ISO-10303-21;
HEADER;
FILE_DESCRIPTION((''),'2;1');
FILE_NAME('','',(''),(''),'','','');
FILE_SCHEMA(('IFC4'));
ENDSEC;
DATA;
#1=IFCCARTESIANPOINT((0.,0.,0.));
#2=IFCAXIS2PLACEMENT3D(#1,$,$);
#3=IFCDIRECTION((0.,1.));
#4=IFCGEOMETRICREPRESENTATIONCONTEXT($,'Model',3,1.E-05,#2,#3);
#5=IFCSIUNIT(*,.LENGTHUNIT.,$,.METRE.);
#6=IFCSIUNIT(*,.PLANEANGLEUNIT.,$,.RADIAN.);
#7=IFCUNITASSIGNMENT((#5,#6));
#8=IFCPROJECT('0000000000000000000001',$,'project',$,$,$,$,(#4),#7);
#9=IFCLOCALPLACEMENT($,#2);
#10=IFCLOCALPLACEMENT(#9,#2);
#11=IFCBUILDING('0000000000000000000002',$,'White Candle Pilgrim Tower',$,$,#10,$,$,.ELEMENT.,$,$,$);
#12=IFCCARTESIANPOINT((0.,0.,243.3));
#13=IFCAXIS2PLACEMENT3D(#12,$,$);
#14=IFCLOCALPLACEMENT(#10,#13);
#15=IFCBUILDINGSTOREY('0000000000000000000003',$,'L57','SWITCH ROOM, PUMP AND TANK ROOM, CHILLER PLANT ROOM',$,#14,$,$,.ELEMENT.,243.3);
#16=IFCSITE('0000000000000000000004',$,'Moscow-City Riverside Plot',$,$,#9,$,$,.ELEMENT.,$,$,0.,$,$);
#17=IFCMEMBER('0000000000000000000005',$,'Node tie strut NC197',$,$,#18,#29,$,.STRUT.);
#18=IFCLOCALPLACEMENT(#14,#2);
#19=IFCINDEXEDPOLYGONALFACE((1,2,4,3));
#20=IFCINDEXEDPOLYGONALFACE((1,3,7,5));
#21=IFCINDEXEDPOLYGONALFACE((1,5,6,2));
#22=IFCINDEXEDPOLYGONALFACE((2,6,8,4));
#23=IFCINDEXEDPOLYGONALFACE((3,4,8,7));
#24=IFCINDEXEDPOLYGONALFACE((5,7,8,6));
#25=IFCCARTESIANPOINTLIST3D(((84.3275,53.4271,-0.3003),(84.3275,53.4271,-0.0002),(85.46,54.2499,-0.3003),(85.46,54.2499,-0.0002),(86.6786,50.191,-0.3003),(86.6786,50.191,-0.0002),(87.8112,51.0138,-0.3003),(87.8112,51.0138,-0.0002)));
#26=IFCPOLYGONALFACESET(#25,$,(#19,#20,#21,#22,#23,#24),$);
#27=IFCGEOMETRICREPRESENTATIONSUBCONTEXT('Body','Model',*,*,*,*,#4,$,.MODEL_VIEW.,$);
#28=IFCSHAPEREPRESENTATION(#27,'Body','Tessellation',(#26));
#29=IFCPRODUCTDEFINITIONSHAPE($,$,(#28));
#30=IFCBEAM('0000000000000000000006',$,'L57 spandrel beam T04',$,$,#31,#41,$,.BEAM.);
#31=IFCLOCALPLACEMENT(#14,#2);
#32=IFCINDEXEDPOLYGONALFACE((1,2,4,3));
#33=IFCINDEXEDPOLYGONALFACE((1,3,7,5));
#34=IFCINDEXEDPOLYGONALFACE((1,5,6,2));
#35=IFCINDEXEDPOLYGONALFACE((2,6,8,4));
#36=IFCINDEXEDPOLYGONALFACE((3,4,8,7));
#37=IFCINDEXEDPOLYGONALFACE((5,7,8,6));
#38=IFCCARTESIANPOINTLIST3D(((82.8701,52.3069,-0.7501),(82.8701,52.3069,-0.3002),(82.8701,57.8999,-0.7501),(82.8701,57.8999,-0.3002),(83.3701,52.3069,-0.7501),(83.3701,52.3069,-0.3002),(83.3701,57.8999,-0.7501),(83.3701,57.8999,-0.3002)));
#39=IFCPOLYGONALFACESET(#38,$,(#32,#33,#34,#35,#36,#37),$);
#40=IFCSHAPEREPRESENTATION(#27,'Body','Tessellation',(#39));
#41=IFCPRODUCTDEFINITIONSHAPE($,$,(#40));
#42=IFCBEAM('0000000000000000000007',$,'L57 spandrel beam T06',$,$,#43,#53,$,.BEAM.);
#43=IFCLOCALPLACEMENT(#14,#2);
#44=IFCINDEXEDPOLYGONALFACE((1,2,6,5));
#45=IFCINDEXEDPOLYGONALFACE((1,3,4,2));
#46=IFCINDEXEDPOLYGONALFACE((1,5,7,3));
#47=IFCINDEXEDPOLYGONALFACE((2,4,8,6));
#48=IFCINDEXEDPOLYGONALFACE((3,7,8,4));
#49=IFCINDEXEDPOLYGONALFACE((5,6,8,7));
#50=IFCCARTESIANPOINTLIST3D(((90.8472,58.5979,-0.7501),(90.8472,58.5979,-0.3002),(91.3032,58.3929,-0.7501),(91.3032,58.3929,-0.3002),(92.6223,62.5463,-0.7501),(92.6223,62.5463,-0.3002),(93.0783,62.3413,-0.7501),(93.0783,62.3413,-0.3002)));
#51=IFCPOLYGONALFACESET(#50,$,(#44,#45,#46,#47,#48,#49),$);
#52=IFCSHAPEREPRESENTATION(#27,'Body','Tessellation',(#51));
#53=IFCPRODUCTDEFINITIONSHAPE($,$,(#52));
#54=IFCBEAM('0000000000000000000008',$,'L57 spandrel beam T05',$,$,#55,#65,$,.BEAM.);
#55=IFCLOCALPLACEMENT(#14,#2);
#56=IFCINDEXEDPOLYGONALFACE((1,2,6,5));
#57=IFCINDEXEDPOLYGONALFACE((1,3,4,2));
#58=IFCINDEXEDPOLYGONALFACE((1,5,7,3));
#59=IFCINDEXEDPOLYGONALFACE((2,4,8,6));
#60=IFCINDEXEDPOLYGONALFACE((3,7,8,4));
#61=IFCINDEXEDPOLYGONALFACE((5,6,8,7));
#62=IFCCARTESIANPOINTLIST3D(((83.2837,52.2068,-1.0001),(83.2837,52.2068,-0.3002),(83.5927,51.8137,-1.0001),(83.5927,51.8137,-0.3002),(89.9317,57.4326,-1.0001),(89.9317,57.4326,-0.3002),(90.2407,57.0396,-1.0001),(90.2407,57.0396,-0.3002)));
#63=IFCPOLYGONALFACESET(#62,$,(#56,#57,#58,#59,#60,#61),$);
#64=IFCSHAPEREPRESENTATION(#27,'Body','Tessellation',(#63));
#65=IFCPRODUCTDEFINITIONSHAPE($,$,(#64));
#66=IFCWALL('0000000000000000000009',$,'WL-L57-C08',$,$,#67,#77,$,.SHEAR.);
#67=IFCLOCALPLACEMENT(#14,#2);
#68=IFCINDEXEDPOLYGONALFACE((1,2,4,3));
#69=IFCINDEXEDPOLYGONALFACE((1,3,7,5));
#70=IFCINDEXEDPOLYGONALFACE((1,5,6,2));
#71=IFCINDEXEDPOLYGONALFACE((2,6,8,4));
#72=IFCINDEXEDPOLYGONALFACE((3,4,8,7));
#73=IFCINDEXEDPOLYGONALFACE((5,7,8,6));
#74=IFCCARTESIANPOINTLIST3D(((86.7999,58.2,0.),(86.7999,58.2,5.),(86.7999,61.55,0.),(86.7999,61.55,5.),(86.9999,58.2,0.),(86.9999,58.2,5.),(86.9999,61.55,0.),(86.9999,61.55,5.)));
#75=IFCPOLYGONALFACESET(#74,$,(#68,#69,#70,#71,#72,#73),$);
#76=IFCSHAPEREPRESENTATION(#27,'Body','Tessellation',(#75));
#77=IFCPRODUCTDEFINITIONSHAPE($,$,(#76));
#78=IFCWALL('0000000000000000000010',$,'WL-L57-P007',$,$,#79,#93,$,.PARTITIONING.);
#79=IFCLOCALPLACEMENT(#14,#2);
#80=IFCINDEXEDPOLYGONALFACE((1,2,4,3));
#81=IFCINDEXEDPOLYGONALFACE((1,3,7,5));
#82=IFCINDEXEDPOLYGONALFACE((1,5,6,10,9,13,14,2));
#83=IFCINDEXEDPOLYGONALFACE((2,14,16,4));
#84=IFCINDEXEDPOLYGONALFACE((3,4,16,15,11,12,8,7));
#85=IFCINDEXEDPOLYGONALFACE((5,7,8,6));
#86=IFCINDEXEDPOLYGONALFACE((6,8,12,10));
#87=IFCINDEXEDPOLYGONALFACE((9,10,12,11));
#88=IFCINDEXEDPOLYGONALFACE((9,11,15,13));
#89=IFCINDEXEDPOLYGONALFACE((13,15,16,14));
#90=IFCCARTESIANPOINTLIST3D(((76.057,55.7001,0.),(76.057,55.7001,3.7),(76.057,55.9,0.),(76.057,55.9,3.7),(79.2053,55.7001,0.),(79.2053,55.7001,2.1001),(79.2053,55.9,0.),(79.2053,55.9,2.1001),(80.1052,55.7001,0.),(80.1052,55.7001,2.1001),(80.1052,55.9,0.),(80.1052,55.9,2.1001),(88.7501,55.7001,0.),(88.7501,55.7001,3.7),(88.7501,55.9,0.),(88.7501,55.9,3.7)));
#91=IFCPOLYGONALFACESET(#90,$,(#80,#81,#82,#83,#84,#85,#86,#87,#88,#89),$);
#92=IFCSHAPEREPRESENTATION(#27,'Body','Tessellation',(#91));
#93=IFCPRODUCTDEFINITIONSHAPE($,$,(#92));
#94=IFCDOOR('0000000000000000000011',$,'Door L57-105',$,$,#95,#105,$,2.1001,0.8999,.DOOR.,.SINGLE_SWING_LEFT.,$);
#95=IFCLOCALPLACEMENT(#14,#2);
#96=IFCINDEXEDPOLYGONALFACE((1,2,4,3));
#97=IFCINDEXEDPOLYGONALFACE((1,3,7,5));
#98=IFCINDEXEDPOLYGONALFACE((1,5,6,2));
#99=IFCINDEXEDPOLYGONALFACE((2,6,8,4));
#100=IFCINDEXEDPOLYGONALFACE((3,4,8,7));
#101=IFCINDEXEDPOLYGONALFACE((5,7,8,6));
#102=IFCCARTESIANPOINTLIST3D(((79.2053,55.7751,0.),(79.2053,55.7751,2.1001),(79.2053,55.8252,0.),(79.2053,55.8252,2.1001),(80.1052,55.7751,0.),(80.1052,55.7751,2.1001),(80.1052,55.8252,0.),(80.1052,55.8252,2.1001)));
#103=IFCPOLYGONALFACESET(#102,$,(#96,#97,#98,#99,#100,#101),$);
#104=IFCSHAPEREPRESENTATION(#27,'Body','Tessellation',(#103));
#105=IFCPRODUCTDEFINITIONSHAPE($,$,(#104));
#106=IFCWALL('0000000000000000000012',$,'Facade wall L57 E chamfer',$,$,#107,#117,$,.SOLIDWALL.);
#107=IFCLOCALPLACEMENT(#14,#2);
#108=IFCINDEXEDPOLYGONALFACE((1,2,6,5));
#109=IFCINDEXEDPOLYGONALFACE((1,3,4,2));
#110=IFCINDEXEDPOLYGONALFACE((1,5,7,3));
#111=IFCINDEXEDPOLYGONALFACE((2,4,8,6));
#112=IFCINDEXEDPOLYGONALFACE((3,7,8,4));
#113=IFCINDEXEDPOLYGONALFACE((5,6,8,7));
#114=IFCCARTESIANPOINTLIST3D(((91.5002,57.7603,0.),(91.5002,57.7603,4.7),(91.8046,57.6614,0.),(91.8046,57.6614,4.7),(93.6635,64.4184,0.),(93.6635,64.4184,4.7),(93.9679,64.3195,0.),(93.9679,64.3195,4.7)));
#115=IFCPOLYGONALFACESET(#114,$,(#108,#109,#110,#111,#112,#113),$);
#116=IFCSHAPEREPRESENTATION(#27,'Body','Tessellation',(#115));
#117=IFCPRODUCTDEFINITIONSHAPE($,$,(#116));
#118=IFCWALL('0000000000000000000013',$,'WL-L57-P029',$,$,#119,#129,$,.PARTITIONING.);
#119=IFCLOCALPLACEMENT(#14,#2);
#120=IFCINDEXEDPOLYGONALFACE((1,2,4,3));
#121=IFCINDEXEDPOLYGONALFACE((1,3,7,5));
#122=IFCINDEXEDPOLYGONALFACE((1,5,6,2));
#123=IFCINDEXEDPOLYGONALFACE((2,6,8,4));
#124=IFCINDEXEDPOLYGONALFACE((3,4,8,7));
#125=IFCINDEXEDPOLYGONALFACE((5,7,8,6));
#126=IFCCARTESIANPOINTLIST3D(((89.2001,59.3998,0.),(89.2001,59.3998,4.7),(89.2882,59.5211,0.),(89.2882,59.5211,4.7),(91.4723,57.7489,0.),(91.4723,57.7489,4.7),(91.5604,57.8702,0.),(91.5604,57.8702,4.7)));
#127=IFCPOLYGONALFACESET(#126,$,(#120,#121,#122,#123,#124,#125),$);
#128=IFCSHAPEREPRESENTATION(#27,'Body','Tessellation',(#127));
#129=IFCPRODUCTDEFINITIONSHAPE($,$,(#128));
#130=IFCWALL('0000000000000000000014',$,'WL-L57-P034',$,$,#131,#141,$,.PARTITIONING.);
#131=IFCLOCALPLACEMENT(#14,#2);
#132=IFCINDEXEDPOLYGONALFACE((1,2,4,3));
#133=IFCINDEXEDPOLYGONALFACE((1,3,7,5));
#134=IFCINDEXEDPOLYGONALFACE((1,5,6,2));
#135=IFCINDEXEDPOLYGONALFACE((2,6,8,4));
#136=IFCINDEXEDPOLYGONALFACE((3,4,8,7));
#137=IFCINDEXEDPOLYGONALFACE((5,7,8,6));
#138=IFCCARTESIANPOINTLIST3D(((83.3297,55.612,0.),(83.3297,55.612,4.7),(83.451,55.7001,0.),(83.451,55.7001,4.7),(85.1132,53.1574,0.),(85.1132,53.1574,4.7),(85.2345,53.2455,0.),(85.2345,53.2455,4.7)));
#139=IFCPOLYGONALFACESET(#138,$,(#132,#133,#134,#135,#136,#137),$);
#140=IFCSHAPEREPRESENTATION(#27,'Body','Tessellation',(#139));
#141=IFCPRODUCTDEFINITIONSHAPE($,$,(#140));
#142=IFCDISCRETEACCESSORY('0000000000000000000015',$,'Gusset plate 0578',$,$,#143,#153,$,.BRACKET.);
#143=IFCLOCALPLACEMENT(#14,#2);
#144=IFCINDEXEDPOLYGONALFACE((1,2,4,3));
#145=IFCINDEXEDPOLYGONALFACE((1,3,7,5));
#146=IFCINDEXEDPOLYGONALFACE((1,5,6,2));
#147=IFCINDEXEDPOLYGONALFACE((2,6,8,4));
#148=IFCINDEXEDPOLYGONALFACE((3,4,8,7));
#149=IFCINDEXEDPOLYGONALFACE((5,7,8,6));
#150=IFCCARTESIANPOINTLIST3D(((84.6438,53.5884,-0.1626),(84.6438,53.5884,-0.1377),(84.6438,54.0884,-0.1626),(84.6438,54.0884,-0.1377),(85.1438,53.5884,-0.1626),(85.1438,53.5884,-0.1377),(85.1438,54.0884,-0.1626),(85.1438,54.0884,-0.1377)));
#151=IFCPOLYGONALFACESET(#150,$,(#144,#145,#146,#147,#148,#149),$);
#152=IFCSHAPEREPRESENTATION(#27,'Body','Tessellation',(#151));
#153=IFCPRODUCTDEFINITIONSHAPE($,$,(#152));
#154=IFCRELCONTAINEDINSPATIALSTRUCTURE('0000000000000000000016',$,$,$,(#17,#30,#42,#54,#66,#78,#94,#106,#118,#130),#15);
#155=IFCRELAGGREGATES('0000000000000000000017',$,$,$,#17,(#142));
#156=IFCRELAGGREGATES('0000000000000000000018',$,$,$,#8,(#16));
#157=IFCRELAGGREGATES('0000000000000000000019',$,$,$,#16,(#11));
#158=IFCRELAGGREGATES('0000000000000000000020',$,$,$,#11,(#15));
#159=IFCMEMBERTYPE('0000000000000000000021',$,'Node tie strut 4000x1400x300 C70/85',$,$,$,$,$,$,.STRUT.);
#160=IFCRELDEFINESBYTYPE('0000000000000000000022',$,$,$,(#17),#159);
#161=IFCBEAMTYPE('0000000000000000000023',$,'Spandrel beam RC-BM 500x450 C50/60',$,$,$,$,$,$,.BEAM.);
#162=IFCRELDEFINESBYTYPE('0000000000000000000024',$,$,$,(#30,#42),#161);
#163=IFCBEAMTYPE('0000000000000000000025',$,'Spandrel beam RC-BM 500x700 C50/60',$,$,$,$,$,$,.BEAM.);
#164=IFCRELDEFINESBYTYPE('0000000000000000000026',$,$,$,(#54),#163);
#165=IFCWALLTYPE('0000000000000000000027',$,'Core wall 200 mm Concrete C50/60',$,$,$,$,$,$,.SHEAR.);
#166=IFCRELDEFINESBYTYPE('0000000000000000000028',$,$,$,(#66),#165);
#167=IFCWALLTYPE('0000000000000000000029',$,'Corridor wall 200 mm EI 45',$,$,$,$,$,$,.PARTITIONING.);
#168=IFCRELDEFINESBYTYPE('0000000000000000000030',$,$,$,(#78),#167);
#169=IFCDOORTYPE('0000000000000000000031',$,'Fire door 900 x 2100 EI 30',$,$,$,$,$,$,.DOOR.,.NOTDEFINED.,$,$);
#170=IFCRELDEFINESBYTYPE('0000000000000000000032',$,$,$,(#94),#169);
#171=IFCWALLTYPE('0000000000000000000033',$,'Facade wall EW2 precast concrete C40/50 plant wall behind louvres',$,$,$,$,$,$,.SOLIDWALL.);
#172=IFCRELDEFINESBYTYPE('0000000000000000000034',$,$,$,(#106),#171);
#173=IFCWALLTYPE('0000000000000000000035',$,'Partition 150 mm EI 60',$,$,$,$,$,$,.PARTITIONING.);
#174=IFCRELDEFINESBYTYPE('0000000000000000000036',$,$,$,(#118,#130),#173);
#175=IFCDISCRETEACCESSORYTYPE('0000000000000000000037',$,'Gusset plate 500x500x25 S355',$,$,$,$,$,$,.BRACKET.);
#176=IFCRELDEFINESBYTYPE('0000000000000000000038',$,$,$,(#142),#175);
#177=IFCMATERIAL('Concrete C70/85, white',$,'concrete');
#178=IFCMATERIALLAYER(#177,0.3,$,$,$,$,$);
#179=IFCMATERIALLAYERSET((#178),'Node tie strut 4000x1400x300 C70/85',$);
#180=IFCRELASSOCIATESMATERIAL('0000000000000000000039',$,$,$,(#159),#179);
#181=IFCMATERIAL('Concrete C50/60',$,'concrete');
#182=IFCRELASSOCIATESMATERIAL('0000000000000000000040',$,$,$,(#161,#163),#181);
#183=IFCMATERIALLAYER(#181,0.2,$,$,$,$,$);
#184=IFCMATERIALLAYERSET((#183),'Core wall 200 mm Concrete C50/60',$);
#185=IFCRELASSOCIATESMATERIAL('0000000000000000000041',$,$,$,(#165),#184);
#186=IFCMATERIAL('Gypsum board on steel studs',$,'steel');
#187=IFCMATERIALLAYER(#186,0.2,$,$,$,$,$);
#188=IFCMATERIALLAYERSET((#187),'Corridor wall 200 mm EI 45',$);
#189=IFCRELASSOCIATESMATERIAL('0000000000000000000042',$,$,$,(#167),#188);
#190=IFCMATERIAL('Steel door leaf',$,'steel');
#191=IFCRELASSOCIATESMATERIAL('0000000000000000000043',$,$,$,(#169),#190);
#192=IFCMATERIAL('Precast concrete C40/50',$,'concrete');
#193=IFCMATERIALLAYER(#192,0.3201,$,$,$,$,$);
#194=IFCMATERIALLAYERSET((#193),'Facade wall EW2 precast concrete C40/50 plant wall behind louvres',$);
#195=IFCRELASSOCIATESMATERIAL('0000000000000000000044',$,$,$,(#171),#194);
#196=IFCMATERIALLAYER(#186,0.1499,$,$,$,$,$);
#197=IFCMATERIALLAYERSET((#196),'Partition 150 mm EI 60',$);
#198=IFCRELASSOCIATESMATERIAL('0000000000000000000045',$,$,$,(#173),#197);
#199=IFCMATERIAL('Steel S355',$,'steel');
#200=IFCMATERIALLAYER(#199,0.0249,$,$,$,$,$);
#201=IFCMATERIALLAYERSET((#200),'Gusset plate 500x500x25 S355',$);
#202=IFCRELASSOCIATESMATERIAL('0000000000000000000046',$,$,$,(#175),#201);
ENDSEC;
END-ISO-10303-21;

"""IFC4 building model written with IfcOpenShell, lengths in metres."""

from ifc_helpers import new_model, si_unit, direction, frame, frame_2d, origin, origin_2d, place, context, subcontext, project, spatial, rectangle, extrude, material, layer, layer_set, material_profile, profile_set, type_object, element, fill, aggregate, save


model = new_model("IFC4")

# Units and contexts
model_context = context("Model", 3, precision=1e-05, world=origin(), true_north=direction((0.0, 1.0)))
body_context = subcontext(model_context, "Body", "Model", "MODEL_VIEW")
ifc_project = project(units=[si_unit("LENGTHUNIT", "METRE"), si_unit("PLANEANGLEUNIT", "RADIAN")], contexts=[model_context])

# Site, building, storey
site_placement = place(None, origin())
site = spatial("IfcSite", under=ifc_project, at=site_placement, Name="Moscow-City Riverside Plot", CompositionType="ELEMENT", RefElevation=0.0)
building_placement = place(site_placement, origin())
building = spatial("IfcBuilding", under=site, at=building_placement, Name="White Candle Pilgrim Tower", CompositionType="ELEMENT")
storey_placement = place(building_placement, frame((0.0, 0.0, 243.3)))
storey = spatial("IfcBuildingStorey", under=building, at=storey_placement, Name="L57", Description="SWITCH ROOM, PUMP AND TANK ROOM, CHILLER PLANT ROOM", CompositionType="ELEMENT", Elevation=243.3)

# Shared definitions
ifc_material_1 = material(Name="Steel S355", Category="steel")

# Member
ifc_material_2 = material(Name="Concrete C70/85, white", Category="concrete")
ifc_layer_1 = layer(ifc_material_2, 0.3)
ifc_layer_set_1 = layer_set([ifc_layer_1], Name="Node tie strut 4000x1400x300 C70/85")
member_type_1 = type_object("IfcMemberType", Name="Node tie strut 4000x1400x300 C70/85", PredefinedType="STRUT", material=ifc_layer_set_1)
member_1_placement = place(storey_placement, frame((86.0693, 52.2205, -0.3003), z_axis=(0.0, 0.0, 1.0), x_axis=(0.809017, 0.587785, 0.0)))
member_1 = element("IfcMember", 1, at=member_1_placement, inside=storey, type_object=member_type_1, Name="Node tie strut NC197", PredefinedType="STRUT", context=body_context, shape_type="SweptSolid", body=[
    extrude(rectangle(XDim=1.3999, YDim=4.0, at=origin_2d()), origin(), (0.0, 0.0, 1.0), 0.3),
])

# Beams
ifc_material_3 = material(Name="Concrete C50/60", Category="concrete")
ifc_material_profile_1 = material_profile(ifc_material_3, rectangle(XDim=0.5, YDim=0.45, at=origin_2d()), Name="RC-BM 500x450")
ifc_profile_set_1 = profile_set([ifc_material_profile_1], Name="Concrete C50/60")
beam_type_1 = type_object("IfcBeamType", Name="Spandrel beam RC-BM 500x450 C50/60", PredefinedType="BEAM", material=ifc_profile_set_1)
beam_1_placement = place(storey_placement, frame((83.1201, 52.3069, -0.5251), z_axis=(0.0, 1.0, 0.0), x_axis=(-1.0, 0.0, 0.0)))
element("IfcBeam", 2, at=beam_1_placement, inside=storey, type_object=beam_type_1, Name="L57 spandrel beam T04", PredefinedType="BEAM", context=body_context, shape_type="SweptSolid", body=[
    extrude(rectangle(XDim=0.5, YDim=0.45, at=origin_2d()), origin(), (0.0, 0.0, 1.0), 5.593),
])
beam_2_placement = place(storey_placement, frame((91.0752, 58.4954, -0.5251), z_axis=(0.410043, 0.912066, 0.0), x_axis=(-0.912066, 0.410043, 0.0)))
element("IfcBeam", 3, at=beam_2_placement, inside=storey, type_object=beam_type_1, Name="L57 spandrel beam T06", PredefinedType="BEAM", context=body_context, shape_type="SweptSolid", body=[
    extrude(rectangle(XDim=0.5, YDim=0.45, at=origin_2d()), origin(), (0.0, 0.0, 1.0), 4.3291),
])
ifc_material_profile_2 = material_profile(ifc_material_3, rectangle(XDim=0.5, YDim=0.7, at=origin_2d()), Name="RC-BM 500x700")
ifc_profile_set_2 = profile_set([ifc_material_profile_2], Name="Concrete C50/60")
beam_type_2 = type_object("IfcBeamType", Name="Spandrel beam RC-BM 500x700 C50/60", PredefinedType="BEAM", material=ifc_profile_set_2)
beam_3_placement = place(storey_placement, frame((83.4382, 52.0103, -0.6501), z_axis=(0.786178, 0.618, 0.0), x_axis=(-0.618, 0.786178, 0.0)))
element("IfcBeam", 4, at=beam_3_placement, inside=storey, type_object=beam_type_2, Name="L57 spandrel beam T05", PredefinedType="BEAM", context=body_context, shape_type="SweptSolid", body=[
    extrude(rectangle(XDim=0.5, YDim=0.7, at=origin_2d()), origin(), (0.0, 0.0, 1.0), 8.4561),
])

# Wall
ifc_layer_2 = layer(ifc_material_3, 0.2)
ifc_layer_set_2 = layer_set([ifc_layer_2], Name="Core wall 200 mm Concrete C50/60")
wall_type_1 = type_object("IfcWallType", Name="Core wall 200 mm Concrete C50/60", PredefinedType="SHEAR", material=ifc_layer_set_2)
wall_1_placement = place(storey_placement, frame((86.8999, 58.2, 0.0), z_axis=(0.0, 0.0, 1.0), x_axis=(0.0, 1.0, 0.0)))
element("IfcWall", 5, at=wall_1_placement, inside=storey, type_object=wall_type_1, Name="WL-L57-C08", PredefinedType="SHEAR", context=body_context, shape_type="SweptSolid", body=[
    extrude(rectangle(XDim=3.3501, YDim=0.2, at=frame_2d((1.675, 0.0))), origin(), (0.0, 0.0, 1.0), 5.0),
])

# Wall, opening, door
ifc_material_4 = material(Name="Gypsum board on steel studs", Category="steel")
ifc_layer_3 = layer(ifc_material_4, 0.2)
ifc_layer_set_3 = layer_set([ifc_layer_3], Name="Corridor wall 200 mm EI 45")
wall_type_2 = type_object("IfcWallType", Name="Corridor wall 200 mm EI 45", PredefinedType="PARTITIONING", material=ifc_layer_set_3)
wall_2_placement = place(storey_placement, frame((88.7502, 55.8, 0.0), z_axis=(0.0, 0.0, 1.0), x_axis=(-1.0, 0.0, 0.0)))
wall_2 = element("IfcWall", 6, at=wall_2_placement, inside=storey, type_object=wall_type_2, Name="WL-L57-P007", PredefinedType="PARTITIONING", context=body_context, shape_type="SweptSolid", body=[
    extrude(rectangle(XDim=12.6931, YDim=0.2, at=frame_2d((6.3467, 0.0))), origin(), (0.0, 0.0, 1.0), 3.7),
])
opening_1_placement = place(wall_2_placement, frame((8.645, 0.0, 0.0)))
opening_1 = element("IfcOpeningElement", 7, at=opening_1_placement, cuts=wall_2, PredefinedType="OPENING", context=body_context, shape_type="SweptSolid", body=[
    extrude(rectangle(XDim=0.8999, YDim=2.1001, at=frame_2d((0.45, 1.05))), frame((0.0, 0.1099, 0.0), z_axis=(0.0, -1.0, 0.0), x_axis=(1.0, 0.0, 0.0)), (0.0, 0.0, 1.0), 0.22),
])
ifc_material_5 = material(Name="Steel door leaf", Category="steel")
door_type_1 = type_object("IfcDoorType", Name="Fire door 900 x 2100 EI 30", OperationType="NOTDEFINED", PredefinedType="DOOR", material=ifc_material_5)
door_1_placement = place(opening_1_placement, origin())
door_1 = element("IfcDoor", 8, at=door_1_placement, inside=storey, type_object=door_type_1, Name="Door L57-105", OperationType="SINGLE_SWING_LEFT", OverallHeight=2.1001, OverallWidth=0.8999, PredefinedType="DOOR", context=body_context, shape_type="SweptSolid", body=[
    extrude(rectangle(XDim=0.8999, YDim=2.1001, at=frame_2d((0.45, 1.05))), frame((0.0, 0.0249, 0.0), z_axis=(0.0, -1.0, 0.0), x_axis=(1.0, 0.0, 0.0)), (0.0, 0.0, 1.0), 0.05),
])
fill(opening_1, door_1)

# Walls
ifc_material_6 = material(Name="Precast concrete C40/50", Category="concrete")
ifc_layer_4 = layer(ifc_material_6, 0.3201)
ifc_layer_set_4 = layer_set([ifc_layer_4], Name="Facade wall EW2 precast concrete C40/50 plant wall behind louvres")
wall_type_3 = type_object("IfcWallType", Name="Facade wall EW2 precast concrete C40/50 plant wall behind louvres", PredefinedType="SOLIDWALL", material=ifc_layer_set_4)
wall_3_placement = place(storey_placement, frame((91.6523, 57.7107, 0.0), z_axis=(0.0, 0.0, 1.0), x_axis=(0.30901, 0.951059, 0.0)))
element("IfcWall", 9, at=wall_3_placement, inside=storey, type_object=wall_type_3, Name="Facade wall L57 E chamfer", PredefinedType="SOLIDWALL", context=body_context, shape_type="SweptSolid", body=[
    extrude(rectangle(XDim=7.0007, YDim=0.3201, at=frame_2d((3.5005, 0.0))), origin(), (0.0, 0.0, 1.0), 4.7),
])
ifc_layer_5 = layer(ifc_material_4, 0.1499)
ifc_layer_set_5 = layer_set([ifc_layer_5], Name="Partition 150 mm EI 60")
wall_type_4 = type_object("IfcWallType", Name="Partition 150 mm EI 60", PredefinedType="PARTITIONING", material=ifc_layer_set_5)
wall_4_placement = place(storey_placement, frame((91.5164, 57.8096, 0.0), z_axis=(0.0, 0.0, 1.0), x_axis=(-0.809014, 0.587789, 0.0)))
element("IfcWall", 10, at=wall_4_placement, inside=storey, type_object=wall_type_4, Name="WL-L57-P029", PredefinedType="PARTITIONING", context=body_context, shape_type="SweptSolid", body=[
    extrude(rectangle(XDim=2.8086, YDim=0.1499, at=frame_2d((1.4043, 0.0))), origin(), (0.0, 0.0, 1.0), 4.7),
])
wall_5_placement = place(storey_placement, frame((85.1738, 53.2014, 0.0), z_axis=(0.0, 0.0, 1.0), x_axis=(-0.587803, 0.809004, 0.0)))
element("IfcWall", 11, at=wall_5_placement, inside=storey, type_object=wall_type_4, Name="WL-L57-P034", PredefinedType="PARTITIONING", context=body_context, shape_type="SweptSolid", body=[
    extrude(rectangle(XDim=3.0342, YDim=0.1499, at=frame_2d((1.5171, 0.0))), origin(), (0.0, 0.0, 1.0), 4.7),
])

# Discrete accessory
ifc_layer_6 = layer(ifc_material_1, 0.0249)
ifc_layer_set_6 = layer_set([ifc_layer_6], Name="Gusset plate 500x500x25 S355")
discrete_accessory_type_1 = type_object("IfcDiscreteAccessoryType", Name="Gusset plate 500x500x25 S355", PredefinedType="BRACKET", material=ifc_layer_set_6)
discrete_accessory_1_placement = place(storey_placement, frame((84.8938, 53.8384, -0.1626), z_axis=(0.0, 0.0, 1.0), x_axis=(1.0, 0.0, 0.0)))
discrete_accessory_1 = element("IfcDiscreteAccessory", 12, at=discrete_accessory_1_placement, type_object=discrete_accessory_type_1, Name="Gusset plate 0578", PredefinedType="BRACKET", context=body_context, shape_type="SweptSolid", body=[
    extrude(rectangle(XDim=0.5, YDim=0.5, at=origin_2d()), origin(), (0.0, 0.0, 1.0), 0.0249),
])
aggregate(member_1, [discrete_accessory_1])

save(model, "model.ifc")
